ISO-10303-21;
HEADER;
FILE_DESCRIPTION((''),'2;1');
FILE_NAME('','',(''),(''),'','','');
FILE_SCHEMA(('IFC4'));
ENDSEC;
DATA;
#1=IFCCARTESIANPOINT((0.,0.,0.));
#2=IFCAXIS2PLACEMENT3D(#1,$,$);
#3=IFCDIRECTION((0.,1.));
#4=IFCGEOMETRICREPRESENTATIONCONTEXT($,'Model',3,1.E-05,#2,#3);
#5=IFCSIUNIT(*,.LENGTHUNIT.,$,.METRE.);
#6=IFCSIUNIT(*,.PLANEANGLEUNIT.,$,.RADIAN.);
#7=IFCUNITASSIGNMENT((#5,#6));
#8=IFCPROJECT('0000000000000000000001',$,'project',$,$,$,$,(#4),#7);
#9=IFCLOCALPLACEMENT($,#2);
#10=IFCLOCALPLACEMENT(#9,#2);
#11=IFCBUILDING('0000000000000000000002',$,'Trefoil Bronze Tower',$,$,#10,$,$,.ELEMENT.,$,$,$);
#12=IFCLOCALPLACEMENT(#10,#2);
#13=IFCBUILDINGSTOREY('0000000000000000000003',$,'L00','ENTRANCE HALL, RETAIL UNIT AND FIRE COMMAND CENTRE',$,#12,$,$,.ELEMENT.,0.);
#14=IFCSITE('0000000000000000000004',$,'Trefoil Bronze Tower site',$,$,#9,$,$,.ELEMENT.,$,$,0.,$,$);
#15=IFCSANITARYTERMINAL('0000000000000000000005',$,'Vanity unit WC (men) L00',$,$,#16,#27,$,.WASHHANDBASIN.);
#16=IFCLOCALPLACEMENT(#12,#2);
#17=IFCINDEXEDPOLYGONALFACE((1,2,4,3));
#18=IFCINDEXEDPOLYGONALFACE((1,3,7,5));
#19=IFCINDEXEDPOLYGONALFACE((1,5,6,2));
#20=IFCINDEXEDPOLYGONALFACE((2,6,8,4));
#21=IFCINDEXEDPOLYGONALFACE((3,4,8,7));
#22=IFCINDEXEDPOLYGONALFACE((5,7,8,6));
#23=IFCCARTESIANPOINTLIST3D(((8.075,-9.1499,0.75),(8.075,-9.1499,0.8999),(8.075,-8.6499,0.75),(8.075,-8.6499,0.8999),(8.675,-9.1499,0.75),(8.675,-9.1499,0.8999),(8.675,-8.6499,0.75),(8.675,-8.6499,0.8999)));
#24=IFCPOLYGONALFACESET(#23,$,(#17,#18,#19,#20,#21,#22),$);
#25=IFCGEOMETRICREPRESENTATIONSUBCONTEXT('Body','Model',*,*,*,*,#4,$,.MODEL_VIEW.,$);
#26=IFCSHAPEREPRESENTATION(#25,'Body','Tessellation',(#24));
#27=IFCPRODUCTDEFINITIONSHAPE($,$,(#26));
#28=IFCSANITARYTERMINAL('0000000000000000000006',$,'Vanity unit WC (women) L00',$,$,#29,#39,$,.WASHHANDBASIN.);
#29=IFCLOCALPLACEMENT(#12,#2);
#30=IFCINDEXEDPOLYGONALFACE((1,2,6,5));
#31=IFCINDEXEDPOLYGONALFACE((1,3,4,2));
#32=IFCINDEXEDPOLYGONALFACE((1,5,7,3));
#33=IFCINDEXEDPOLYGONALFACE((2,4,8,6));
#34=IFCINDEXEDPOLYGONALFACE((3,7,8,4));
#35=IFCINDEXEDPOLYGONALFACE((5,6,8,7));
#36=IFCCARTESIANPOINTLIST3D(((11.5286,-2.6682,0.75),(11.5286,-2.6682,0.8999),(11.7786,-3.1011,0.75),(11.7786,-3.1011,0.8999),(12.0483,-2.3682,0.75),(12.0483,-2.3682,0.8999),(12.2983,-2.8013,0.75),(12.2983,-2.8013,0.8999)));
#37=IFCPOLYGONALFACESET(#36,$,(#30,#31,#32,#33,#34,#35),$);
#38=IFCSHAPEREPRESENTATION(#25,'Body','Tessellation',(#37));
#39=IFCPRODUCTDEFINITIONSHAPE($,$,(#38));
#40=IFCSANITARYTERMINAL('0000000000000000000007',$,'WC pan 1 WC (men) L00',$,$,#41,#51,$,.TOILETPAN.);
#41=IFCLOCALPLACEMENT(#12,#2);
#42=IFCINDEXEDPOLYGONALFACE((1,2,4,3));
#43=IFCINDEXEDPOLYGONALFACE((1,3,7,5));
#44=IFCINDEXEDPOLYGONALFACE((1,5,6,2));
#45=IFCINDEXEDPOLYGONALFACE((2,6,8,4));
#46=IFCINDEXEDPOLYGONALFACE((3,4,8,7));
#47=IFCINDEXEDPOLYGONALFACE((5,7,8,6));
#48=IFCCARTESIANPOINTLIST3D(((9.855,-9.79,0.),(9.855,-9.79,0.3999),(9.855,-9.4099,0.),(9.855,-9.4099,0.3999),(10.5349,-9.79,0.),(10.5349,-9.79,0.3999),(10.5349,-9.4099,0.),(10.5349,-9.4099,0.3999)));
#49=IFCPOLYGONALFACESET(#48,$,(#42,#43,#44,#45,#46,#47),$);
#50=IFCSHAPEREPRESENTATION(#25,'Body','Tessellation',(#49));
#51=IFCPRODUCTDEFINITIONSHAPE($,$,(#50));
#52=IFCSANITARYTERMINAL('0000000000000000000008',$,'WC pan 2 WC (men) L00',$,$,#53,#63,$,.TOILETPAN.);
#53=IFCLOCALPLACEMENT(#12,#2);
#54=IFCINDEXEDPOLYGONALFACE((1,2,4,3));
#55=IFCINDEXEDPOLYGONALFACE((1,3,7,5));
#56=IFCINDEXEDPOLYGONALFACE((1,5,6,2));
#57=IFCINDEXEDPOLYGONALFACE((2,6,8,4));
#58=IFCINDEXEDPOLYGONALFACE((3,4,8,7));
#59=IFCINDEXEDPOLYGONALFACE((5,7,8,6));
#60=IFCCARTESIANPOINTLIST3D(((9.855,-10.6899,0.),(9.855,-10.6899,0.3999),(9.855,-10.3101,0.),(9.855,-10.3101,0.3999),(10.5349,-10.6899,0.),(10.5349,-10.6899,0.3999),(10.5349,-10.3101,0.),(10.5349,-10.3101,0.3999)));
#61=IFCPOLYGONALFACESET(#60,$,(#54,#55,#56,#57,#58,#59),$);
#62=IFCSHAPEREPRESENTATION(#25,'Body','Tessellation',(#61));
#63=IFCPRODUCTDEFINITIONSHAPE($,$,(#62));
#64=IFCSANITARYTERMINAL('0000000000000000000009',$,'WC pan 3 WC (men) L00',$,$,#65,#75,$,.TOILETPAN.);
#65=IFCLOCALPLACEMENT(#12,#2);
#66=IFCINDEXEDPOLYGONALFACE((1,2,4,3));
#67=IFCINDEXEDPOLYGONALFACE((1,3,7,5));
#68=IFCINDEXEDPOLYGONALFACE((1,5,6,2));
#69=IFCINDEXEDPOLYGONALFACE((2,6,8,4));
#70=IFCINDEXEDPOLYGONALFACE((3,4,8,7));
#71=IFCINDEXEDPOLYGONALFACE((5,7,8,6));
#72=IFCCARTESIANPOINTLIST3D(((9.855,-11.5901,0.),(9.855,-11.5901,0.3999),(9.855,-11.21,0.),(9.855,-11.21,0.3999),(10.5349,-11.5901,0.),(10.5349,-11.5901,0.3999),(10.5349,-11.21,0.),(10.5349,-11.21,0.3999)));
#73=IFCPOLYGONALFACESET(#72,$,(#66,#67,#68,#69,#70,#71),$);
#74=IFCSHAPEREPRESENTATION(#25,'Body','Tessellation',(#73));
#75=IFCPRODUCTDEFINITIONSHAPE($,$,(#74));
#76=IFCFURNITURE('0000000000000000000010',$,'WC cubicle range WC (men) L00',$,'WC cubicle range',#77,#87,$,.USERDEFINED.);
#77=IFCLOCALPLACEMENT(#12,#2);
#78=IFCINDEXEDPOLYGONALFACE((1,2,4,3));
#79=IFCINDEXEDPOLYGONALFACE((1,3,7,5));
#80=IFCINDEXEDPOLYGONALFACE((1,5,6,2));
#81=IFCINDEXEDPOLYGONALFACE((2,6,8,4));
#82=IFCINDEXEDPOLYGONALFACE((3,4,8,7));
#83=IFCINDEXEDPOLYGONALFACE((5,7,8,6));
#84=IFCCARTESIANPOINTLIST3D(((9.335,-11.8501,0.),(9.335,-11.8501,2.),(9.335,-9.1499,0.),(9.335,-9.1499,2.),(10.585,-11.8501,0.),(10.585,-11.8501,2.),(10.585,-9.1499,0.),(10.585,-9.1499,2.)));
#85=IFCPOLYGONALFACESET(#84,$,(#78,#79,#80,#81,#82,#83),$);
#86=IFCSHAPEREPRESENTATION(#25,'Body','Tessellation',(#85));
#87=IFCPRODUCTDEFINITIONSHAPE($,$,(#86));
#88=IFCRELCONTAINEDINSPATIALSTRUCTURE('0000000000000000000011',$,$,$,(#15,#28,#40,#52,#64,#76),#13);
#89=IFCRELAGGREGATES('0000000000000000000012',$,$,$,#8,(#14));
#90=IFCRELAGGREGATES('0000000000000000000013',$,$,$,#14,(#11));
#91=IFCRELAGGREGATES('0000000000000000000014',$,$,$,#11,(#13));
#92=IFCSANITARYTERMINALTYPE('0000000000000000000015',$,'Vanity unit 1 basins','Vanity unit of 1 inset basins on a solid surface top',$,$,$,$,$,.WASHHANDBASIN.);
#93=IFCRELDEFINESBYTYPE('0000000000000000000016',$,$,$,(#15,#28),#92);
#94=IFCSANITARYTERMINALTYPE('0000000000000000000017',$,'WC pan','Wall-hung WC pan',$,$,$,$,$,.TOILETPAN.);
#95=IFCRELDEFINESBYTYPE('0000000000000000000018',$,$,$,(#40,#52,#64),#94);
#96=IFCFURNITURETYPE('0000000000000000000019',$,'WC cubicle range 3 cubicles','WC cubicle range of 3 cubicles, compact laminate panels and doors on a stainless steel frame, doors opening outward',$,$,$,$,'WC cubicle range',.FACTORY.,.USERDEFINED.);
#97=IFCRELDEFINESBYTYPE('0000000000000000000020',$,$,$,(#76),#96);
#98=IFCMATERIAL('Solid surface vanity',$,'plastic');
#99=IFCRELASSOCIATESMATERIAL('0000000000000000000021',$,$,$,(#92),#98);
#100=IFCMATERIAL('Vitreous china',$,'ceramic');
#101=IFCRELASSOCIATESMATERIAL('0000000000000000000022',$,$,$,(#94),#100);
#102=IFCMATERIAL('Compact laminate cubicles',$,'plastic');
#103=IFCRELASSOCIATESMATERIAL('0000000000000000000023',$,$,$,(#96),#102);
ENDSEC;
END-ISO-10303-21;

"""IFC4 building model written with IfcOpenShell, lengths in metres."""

from ifc_helpers import new_model, si_unit, direction, frame, origin, place, context, subcontext, project, spatial, polyline, outline, extrude, material, type_object, element, save


model = new_model("IFC4")

# Units and contexts
model_context = context("Model", 3, precision=1e-05, world=origin(), true_north=direction((0.0, 1.0)))
body_context = subcontext(model_context, "Body", "Model", "MODEL_VIEW")
ifc_project = project(units=[si_unit("LENGTHUNIT", "METRE"), si_unit("PLANEANGLEUNIT", "RADIAN")], contexts=[model_context])

# Site, building, storey
site_placement = place(None, origin())
site = spatial("IfcSite", under=ifc_project, at=site_placement, Name="Trefoil Bronze Tower site", CompositionType="ELEMENT", RefElevation=0.0)
building_placement = place(site_placement, origin())
building = spatial("IfcBuilding", under=site, at=building_placement, Name="Trefoil Bronze Tower", CompositionType="ELEMENT")
storey_placement = place(building_placement, origin())
storey = spatial("IfcBuildingStorey", under=building, at=storey_placement, Name="L00", Description="ENTRANCE HALL, RETAIL UNIT AND FIRE COMMAND CENTRE", CompositionType="ELEMENT", Elevation=0.0)

# Sanitary terminals
ifc_material_1 = material(Name="Solid surface vanity", Category="plastic")
sanitary_terminal_type_1 = type_object("IfcSanitaryTerminalType", Name="Vanity unit 1 basins", Description="Vanity unit of 1 inset basins on a solid surface top", PredefinedType="WASHHANDBASIN", material=ifc_material_1)
sanitary_terminal_1_placement = place(storey_placement, frame((0.0, 0.0, 0.75)))
element("IfcSanitaryTerminal", 1, at=sanitary_terminal_1_placement, inside=storey, type_object=sanitary_terminal_type_1, Name="Vanity unit WC (men) L00", PredefinedType="WASHHANDBASIN", context=body_context, shape_type="SweptSolid", body=[
    extrude(outline(polyline([(8.075, -8.6499), (8.675, -8.6499), (8.675, -9.1499), (8.075, -9.1499), (8.075, -8.6499)])), origin(), (0.0, 0.0, 1.0), 0.1499),
])
sanitary_terminal_2_placement = place(storey_placement, frame((0.0, 0.0, 0.75)))
element("IfcSanitaryTerminal", 2, at=sanitary_terminal_2_placement, inside=storey, type_object=sanitary_terminal_type_1, Name="Vanity unit WC (women) L00", PredefinedType="WASHHANDBASIN", context=body_context, shape_type="SweptSolid", body=[
    extrude(outline(polyline([(11.5286, -2.6682), (11.7786, -3.1011), (12.2983, -2.8013), (12.0483, -2.3682), (11.5286, -2.6682)])), origin(), (0.0, 0.0, 1.0), 0.1499),
])
ifc_material_2 = material(Name="Vitreous china", Category="ceramic")
sanitary_terminal_type_2 = type_object("IfcSanitaryTerminalType", Name="WC pan", Description="Wall-hung WC pan", PredefinedType="TOILETPAN", material=ifc_material_2)
sanitary_terminal_3_placement = place(storey_placement, origin())
element("IfcSanitaryTerminal", 3, at=sanitary_terminal_3_placement, inside=storey, type_object=sanitary_terminal_type_2, Name="WC pan 1 WC (men) L00", PredefinedType="TOILETPAN", context=body_context, shape_type="SweptSolid", body=[
    extrude(outline(polyline([(9.855, -9.4099), (10.5349, -9.4099), (10.5349, -9.79), (9.855, -9.79), (9.855, -9.4099)])), origin(), (0.0, 0.0, 1.0), 0.3999),
])
sanitary_terminal_4_placement = place(storey_placement, origin())
element("IfcSanitaryTerminal", 4, at=sanitary_terminal_4_placement, inside=storey, type_object=sanitary_terminal_type_2, Name="WC pan 2 WC (men) L00", PredefinedType="TOILETPAN", context=body_context, shape_type="SweptSolid", body=[
    extrude(outline(polyline([(9.855, -10.3101), (10.5349, -10.3101), (10.5349, -10.6899), (9.855, -10.6899), (9.855, -10.3101)])), origin(), (0.0, 0.0, 1.0), 0.3999),
])
sanitary_terminal_5_placement = place(storey_placement, origin())
element("IfcSanitaryTerminal", 5, at=sanitary_terminal_5_placement, inside=storey, type_object=sanitary_terminal_type_2, Name="WC pan 3 WC (men) L00", PredefinedType="TOILETPAN", context=body_context, shape_type="SweptSolid", body=[
    extrude(outline(polyline([(9.855, -11.21), (10.5349, -11.21), (10.5349, -11.5901), (9.855, -11.5901), (9.855, -11.21)])), origin(), (0.0, 0.0, 1.0), 0.3999),
])

# Furniture
ifc_material_3 = material(Name="Compact laminate cubicles", Category="plastic")
furniture_type = type_object("IfcFurnitureType", Name="WC cubicle range 3 cubicles", Description="WC cubicle range of 3 cubicles, compact laminate panels and doors on a stainless steel frame, doors opening outward", ElementType="WC cubicle range", AssemblyPlace="FACTORY", PredefinedType="USERDEFINED", material=ifc_material_3)
furniture_placement = place(storey_placement, origin())
element("IfcFurniture", 6, at=furniture_placement, inside=storey, type_object=furniture_type, Name="WC cubicle range WC (men) L00", ObjectType="WC cubicle range", PredefinedType="USERDEFINED", context=body_context, shape_type="SweptSolid", body=[
    extrude(outline(polyline([(9.335, -9.1499), (10.585, -9.1499), (10.585, -11.8501), (9.335, -11.8501), (9.335, -9.1499)])), origin(), (0.0, 0.0, 1.0), 2.0),
])

save(model, "model.ifc")
